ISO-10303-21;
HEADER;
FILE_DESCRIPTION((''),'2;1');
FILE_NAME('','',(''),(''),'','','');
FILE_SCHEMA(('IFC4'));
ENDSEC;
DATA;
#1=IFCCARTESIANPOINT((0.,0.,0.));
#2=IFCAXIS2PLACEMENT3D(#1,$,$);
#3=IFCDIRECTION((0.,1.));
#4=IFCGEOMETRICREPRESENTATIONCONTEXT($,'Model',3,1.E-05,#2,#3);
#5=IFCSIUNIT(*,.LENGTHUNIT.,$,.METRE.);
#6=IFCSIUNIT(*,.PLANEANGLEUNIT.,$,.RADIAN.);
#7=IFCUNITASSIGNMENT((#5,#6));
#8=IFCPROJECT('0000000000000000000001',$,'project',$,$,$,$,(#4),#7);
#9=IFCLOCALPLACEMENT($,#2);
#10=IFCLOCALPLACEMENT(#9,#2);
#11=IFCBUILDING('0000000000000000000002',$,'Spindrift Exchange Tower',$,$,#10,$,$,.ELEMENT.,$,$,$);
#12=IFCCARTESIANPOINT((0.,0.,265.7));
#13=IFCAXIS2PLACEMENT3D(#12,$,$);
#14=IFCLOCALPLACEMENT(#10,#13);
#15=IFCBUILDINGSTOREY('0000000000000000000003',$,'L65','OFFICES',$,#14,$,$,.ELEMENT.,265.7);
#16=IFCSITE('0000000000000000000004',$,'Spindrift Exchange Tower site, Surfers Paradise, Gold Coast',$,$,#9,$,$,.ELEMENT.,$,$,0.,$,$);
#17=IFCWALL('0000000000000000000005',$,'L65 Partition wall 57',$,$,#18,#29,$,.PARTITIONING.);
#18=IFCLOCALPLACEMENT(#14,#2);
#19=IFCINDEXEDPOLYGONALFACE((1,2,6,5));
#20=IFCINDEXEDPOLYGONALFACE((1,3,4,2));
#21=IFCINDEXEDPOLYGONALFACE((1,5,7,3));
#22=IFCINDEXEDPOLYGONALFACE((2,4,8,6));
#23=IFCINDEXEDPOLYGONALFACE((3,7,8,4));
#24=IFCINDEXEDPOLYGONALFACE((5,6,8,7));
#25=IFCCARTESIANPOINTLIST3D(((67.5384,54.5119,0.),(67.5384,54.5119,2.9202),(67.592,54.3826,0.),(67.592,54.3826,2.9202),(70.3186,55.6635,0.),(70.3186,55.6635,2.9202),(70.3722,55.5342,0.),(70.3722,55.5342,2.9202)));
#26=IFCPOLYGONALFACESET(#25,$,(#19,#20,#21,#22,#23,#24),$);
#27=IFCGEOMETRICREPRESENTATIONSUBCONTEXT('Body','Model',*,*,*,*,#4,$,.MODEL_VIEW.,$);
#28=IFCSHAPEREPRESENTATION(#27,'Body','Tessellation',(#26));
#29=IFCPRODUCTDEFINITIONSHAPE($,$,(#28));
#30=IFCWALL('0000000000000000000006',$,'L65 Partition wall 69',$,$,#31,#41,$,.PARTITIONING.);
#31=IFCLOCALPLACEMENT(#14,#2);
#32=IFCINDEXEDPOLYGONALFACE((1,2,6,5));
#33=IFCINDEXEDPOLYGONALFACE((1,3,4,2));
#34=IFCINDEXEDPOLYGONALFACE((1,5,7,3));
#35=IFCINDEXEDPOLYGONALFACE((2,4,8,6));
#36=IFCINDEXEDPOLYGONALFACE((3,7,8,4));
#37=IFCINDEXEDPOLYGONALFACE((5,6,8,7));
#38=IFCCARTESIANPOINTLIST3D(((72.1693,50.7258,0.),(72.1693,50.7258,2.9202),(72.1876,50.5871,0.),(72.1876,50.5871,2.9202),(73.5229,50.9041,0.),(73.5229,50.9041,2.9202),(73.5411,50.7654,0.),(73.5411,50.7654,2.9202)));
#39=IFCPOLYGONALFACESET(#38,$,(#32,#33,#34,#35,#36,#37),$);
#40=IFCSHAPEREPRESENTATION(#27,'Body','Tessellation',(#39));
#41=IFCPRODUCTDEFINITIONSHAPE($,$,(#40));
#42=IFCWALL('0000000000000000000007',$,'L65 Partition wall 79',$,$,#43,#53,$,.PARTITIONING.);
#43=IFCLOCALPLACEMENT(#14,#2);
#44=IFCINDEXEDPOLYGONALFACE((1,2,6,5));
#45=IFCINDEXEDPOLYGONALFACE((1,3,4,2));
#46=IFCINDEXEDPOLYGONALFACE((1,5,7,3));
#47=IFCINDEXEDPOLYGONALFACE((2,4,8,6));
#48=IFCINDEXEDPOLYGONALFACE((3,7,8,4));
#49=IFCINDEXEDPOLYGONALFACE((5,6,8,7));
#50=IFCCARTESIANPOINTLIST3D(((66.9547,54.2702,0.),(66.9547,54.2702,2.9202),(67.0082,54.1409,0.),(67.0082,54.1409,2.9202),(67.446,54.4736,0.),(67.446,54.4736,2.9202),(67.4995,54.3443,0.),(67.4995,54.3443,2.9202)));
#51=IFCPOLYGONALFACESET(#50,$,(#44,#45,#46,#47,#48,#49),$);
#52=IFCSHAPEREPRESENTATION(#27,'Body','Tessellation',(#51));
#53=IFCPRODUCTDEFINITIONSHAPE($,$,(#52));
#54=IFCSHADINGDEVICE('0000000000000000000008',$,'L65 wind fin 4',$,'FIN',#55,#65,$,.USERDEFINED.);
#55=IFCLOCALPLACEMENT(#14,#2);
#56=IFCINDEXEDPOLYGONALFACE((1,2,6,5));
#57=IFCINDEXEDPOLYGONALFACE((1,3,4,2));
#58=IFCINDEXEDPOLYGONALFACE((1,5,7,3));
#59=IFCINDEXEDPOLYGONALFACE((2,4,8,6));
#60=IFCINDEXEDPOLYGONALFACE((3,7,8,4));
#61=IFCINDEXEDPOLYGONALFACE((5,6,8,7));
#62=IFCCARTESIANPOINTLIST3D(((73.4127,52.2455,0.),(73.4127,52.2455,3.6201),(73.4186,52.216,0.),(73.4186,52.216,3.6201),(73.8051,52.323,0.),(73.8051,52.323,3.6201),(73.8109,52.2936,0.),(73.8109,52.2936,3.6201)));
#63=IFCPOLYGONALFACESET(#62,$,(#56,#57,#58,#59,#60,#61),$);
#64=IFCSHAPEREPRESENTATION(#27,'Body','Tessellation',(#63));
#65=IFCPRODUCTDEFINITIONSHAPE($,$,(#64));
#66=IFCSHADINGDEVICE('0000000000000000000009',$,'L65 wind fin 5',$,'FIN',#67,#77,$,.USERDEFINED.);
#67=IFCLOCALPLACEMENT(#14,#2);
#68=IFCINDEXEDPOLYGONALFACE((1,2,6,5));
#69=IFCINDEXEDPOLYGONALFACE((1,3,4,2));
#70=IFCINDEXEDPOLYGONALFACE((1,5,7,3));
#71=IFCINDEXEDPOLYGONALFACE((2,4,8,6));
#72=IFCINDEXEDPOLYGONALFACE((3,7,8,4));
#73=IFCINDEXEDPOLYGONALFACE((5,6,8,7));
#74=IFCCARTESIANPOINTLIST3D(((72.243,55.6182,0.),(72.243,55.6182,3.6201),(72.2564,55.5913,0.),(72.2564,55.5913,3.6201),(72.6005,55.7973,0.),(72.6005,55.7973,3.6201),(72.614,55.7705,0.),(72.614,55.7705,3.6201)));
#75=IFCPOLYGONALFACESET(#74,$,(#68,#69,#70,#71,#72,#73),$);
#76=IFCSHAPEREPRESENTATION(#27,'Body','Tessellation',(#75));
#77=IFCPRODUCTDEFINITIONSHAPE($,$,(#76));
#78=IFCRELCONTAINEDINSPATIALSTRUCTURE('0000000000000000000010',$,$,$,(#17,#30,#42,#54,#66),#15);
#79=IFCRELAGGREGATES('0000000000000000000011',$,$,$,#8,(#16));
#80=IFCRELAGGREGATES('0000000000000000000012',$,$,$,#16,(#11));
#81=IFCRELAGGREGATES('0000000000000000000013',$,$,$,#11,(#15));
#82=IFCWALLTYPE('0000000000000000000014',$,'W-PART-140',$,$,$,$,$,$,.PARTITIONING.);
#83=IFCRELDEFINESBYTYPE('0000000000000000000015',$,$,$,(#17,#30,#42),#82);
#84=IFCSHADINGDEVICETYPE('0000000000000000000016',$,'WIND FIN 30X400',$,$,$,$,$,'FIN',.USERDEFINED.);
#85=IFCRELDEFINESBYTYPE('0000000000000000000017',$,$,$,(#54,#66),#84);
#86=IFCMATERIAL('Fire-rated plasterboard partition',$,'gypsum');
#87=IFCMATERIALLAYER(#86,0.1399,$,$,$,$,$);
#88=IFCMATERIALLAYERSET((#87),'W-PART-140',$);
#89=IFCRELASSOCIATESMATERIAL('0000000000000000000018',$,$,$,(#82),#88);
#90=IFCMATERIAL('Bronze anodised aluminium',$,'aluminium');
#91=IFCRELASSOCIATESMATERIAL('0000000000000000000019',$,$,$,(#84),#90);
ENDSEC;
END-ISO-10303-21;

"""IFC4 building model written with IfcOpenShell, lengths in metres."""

from ifc_helpers import new_model, si_unit, direction, frame, frame_2d, origin, origin_2d, place, context, subcontext, project, spatial, rectangle, extrude, source, transform, mapped, material, layer, layer_set, material_profile, profile_set, type_object, element, save


model = new_model("IFC4")

# Units and contexts
model_context = context("Model", 3, precision=1e-05, world=origin(), true_north=direction((0.0, 1.0)))
body_context = subcontext(model_context, "Body", "Model", "MODEL_VIEW")
ifc_project = project(units=[si_unit("LENGTHUNIT", "METRE"), si_unit("PLANEANGLEUNIT", "RADIAN")], contexts=[model_context])

# Site, building, storey
site_placement = place(None, origin())
site = spatial("IfcSite", under=ifc_project, at=site_placement, Name="Spindrift Exchange Tower site, Surfers Paradise, Gold Coast", CompositionType="ELEMENT", RefElevation=0.0)
building_placement = place(site_placement, origin())
building = spatial("IfcBuilding", under=site, at=building_placement, Name="Spindrift Exchange Tower", CompositionType="ELEMENT")
storey_placement = place(building_placement, frame((0.0, 0.0, 265.7)))
storey = spatial("IfcBuildingStorey", under=building, at=storey_placement, Name="L65", Description="OFFICES", CompositionType="ELEMENT", Elevation=265.7)

# Shared definitions
ifc_material_1 = material(Name="Bronze anodised aluminium", Category="aluminium")

# Shared definitions
ifc_material_2 = material(Name="Fire-rated plasterboard partition", Category="gypsum")
ifc_layer_1 = layer(ifc_material_2, 0.1399)
ifc_layer_set_1 = layer_set([ifc_layer_1], Name="W-PART-140")
wall_type = type_object("IfcWallType", Name="W-PART-140", PredefinedType="PARTITIONING", material=ifc_layer_set_1)

# Walls
wall_1_placement = place(storey_placement, frame((67.5652, 54.4473, 0.0), z_axis=(0.0, 0.0, 1.0), x_axis=(0.923881, 0.382679, 0.0)))
element("IfcWall", 1, at=wall_1_placement, inside=storey, type_object=wall_type, Name="L65 Partition wall 57", PredefinedType="PARTITIONING", context=body_context, shape_type="SweptSolid", body=[
    extrude(rectangle(XDim=3.0093, YDim=0.1399, at=frame_2d((1.5046, 0.0))), origin(), (0.0, 0.0, 1.0), 2.9202),
])
wall_2_placement = place(storey_placement, frame((72.1785, 50.6565, 0.0), z_axis=(0.0, 0.0, 1.0), x_axis=(0.991442, 0.130547, 0.0)))
element("IfcWall", 2, at=wall_2_placement, inside=storey, type_object=wall_type, Name="L65 Partition wall 69", PredefinedType="PARTITIONING", context=body_context, shape_type="SweptSolid", body=[
    extrude(rectangle(XDim=1.3652, YDim=0.1399, at=frame_2d((0.6826, 0.0))), origin(), (0.0, 0.0, 1.0), 2.9202),
])
wall_3_placement = place(storey_placement, frame((66.9814, 54.2056, 0.0), z_axis=(0.0, 0.0, 1.0), x_axis=(0.923944, 0.382528, 0.0)))
element("IfcWall", 3, at=wall_3_placement, inside=storey, type_object=wall_type, Name="L65 Partition wall 79", PredefinedType="PARTITIONING", context=body_context, shape_type="SweptSolid", body=[
    extrude(rectangle(XDim=0.5317, YDim=0.1399, at=frame_2d((0.2659, 0.0))), origin(), (0.0, 0.0, 1.0), 2.9202),
])

# Shading devices
ifc_material_profile_1 = material_profile(ifc_material_1, rectangle(XDim=0.03, YDim=0.3999, at=origin_2d()), Name="WIND FIN 30X400")
ifc_profile_set_1 = profile_set([ifc_material_profile_1], Name="Bronze anodised aluminium")
shading_device_type = type_object("IfcShadingDeviceType", Name="WIND FIN 30X400", ElementType="FIN", PredefinedType="USERDEFINED", material=ifc_profile_set_1)
shared_shape_1 = source(origin(), body_context, "Body", "SweptSolid", [
    extrude(rectangle(XDim=0.03, YDim=0.3999, at=origin_2d()), origin(), (0.0, 0.0, 1.0), 3.6201),
])
for number, where, z_axis, x_axis, name in (
    (4, (73.6118, 52.2695, 0.0), (0.0, 0.0, 1.0), (-0.19382, 0.981037, 0.0), "L65 wind fin 4"),
    (5, (72.4285, 55.6943, 0.0), (0.0, 0.0, 1.0), (-0.448056, 0.894006, 0.0), "L65 wind fin 5"),
):
    element("IfcShadingDevice", number, at=place(storey_placement, frame(where, z_axis=z_axis, x_axis=x_axis)), inside=storey, type_object=shading_device_type, Name=name, ObjectType="FIN", PredefinedType="USERDEFINED", context=body_context, shape_type="MappedRepresentation", body=[
        mapped(shared_shape_1, transform((0.0, 0.0, 0.0), scale=1.0)),
    ])

save(model, "model.ifc")
